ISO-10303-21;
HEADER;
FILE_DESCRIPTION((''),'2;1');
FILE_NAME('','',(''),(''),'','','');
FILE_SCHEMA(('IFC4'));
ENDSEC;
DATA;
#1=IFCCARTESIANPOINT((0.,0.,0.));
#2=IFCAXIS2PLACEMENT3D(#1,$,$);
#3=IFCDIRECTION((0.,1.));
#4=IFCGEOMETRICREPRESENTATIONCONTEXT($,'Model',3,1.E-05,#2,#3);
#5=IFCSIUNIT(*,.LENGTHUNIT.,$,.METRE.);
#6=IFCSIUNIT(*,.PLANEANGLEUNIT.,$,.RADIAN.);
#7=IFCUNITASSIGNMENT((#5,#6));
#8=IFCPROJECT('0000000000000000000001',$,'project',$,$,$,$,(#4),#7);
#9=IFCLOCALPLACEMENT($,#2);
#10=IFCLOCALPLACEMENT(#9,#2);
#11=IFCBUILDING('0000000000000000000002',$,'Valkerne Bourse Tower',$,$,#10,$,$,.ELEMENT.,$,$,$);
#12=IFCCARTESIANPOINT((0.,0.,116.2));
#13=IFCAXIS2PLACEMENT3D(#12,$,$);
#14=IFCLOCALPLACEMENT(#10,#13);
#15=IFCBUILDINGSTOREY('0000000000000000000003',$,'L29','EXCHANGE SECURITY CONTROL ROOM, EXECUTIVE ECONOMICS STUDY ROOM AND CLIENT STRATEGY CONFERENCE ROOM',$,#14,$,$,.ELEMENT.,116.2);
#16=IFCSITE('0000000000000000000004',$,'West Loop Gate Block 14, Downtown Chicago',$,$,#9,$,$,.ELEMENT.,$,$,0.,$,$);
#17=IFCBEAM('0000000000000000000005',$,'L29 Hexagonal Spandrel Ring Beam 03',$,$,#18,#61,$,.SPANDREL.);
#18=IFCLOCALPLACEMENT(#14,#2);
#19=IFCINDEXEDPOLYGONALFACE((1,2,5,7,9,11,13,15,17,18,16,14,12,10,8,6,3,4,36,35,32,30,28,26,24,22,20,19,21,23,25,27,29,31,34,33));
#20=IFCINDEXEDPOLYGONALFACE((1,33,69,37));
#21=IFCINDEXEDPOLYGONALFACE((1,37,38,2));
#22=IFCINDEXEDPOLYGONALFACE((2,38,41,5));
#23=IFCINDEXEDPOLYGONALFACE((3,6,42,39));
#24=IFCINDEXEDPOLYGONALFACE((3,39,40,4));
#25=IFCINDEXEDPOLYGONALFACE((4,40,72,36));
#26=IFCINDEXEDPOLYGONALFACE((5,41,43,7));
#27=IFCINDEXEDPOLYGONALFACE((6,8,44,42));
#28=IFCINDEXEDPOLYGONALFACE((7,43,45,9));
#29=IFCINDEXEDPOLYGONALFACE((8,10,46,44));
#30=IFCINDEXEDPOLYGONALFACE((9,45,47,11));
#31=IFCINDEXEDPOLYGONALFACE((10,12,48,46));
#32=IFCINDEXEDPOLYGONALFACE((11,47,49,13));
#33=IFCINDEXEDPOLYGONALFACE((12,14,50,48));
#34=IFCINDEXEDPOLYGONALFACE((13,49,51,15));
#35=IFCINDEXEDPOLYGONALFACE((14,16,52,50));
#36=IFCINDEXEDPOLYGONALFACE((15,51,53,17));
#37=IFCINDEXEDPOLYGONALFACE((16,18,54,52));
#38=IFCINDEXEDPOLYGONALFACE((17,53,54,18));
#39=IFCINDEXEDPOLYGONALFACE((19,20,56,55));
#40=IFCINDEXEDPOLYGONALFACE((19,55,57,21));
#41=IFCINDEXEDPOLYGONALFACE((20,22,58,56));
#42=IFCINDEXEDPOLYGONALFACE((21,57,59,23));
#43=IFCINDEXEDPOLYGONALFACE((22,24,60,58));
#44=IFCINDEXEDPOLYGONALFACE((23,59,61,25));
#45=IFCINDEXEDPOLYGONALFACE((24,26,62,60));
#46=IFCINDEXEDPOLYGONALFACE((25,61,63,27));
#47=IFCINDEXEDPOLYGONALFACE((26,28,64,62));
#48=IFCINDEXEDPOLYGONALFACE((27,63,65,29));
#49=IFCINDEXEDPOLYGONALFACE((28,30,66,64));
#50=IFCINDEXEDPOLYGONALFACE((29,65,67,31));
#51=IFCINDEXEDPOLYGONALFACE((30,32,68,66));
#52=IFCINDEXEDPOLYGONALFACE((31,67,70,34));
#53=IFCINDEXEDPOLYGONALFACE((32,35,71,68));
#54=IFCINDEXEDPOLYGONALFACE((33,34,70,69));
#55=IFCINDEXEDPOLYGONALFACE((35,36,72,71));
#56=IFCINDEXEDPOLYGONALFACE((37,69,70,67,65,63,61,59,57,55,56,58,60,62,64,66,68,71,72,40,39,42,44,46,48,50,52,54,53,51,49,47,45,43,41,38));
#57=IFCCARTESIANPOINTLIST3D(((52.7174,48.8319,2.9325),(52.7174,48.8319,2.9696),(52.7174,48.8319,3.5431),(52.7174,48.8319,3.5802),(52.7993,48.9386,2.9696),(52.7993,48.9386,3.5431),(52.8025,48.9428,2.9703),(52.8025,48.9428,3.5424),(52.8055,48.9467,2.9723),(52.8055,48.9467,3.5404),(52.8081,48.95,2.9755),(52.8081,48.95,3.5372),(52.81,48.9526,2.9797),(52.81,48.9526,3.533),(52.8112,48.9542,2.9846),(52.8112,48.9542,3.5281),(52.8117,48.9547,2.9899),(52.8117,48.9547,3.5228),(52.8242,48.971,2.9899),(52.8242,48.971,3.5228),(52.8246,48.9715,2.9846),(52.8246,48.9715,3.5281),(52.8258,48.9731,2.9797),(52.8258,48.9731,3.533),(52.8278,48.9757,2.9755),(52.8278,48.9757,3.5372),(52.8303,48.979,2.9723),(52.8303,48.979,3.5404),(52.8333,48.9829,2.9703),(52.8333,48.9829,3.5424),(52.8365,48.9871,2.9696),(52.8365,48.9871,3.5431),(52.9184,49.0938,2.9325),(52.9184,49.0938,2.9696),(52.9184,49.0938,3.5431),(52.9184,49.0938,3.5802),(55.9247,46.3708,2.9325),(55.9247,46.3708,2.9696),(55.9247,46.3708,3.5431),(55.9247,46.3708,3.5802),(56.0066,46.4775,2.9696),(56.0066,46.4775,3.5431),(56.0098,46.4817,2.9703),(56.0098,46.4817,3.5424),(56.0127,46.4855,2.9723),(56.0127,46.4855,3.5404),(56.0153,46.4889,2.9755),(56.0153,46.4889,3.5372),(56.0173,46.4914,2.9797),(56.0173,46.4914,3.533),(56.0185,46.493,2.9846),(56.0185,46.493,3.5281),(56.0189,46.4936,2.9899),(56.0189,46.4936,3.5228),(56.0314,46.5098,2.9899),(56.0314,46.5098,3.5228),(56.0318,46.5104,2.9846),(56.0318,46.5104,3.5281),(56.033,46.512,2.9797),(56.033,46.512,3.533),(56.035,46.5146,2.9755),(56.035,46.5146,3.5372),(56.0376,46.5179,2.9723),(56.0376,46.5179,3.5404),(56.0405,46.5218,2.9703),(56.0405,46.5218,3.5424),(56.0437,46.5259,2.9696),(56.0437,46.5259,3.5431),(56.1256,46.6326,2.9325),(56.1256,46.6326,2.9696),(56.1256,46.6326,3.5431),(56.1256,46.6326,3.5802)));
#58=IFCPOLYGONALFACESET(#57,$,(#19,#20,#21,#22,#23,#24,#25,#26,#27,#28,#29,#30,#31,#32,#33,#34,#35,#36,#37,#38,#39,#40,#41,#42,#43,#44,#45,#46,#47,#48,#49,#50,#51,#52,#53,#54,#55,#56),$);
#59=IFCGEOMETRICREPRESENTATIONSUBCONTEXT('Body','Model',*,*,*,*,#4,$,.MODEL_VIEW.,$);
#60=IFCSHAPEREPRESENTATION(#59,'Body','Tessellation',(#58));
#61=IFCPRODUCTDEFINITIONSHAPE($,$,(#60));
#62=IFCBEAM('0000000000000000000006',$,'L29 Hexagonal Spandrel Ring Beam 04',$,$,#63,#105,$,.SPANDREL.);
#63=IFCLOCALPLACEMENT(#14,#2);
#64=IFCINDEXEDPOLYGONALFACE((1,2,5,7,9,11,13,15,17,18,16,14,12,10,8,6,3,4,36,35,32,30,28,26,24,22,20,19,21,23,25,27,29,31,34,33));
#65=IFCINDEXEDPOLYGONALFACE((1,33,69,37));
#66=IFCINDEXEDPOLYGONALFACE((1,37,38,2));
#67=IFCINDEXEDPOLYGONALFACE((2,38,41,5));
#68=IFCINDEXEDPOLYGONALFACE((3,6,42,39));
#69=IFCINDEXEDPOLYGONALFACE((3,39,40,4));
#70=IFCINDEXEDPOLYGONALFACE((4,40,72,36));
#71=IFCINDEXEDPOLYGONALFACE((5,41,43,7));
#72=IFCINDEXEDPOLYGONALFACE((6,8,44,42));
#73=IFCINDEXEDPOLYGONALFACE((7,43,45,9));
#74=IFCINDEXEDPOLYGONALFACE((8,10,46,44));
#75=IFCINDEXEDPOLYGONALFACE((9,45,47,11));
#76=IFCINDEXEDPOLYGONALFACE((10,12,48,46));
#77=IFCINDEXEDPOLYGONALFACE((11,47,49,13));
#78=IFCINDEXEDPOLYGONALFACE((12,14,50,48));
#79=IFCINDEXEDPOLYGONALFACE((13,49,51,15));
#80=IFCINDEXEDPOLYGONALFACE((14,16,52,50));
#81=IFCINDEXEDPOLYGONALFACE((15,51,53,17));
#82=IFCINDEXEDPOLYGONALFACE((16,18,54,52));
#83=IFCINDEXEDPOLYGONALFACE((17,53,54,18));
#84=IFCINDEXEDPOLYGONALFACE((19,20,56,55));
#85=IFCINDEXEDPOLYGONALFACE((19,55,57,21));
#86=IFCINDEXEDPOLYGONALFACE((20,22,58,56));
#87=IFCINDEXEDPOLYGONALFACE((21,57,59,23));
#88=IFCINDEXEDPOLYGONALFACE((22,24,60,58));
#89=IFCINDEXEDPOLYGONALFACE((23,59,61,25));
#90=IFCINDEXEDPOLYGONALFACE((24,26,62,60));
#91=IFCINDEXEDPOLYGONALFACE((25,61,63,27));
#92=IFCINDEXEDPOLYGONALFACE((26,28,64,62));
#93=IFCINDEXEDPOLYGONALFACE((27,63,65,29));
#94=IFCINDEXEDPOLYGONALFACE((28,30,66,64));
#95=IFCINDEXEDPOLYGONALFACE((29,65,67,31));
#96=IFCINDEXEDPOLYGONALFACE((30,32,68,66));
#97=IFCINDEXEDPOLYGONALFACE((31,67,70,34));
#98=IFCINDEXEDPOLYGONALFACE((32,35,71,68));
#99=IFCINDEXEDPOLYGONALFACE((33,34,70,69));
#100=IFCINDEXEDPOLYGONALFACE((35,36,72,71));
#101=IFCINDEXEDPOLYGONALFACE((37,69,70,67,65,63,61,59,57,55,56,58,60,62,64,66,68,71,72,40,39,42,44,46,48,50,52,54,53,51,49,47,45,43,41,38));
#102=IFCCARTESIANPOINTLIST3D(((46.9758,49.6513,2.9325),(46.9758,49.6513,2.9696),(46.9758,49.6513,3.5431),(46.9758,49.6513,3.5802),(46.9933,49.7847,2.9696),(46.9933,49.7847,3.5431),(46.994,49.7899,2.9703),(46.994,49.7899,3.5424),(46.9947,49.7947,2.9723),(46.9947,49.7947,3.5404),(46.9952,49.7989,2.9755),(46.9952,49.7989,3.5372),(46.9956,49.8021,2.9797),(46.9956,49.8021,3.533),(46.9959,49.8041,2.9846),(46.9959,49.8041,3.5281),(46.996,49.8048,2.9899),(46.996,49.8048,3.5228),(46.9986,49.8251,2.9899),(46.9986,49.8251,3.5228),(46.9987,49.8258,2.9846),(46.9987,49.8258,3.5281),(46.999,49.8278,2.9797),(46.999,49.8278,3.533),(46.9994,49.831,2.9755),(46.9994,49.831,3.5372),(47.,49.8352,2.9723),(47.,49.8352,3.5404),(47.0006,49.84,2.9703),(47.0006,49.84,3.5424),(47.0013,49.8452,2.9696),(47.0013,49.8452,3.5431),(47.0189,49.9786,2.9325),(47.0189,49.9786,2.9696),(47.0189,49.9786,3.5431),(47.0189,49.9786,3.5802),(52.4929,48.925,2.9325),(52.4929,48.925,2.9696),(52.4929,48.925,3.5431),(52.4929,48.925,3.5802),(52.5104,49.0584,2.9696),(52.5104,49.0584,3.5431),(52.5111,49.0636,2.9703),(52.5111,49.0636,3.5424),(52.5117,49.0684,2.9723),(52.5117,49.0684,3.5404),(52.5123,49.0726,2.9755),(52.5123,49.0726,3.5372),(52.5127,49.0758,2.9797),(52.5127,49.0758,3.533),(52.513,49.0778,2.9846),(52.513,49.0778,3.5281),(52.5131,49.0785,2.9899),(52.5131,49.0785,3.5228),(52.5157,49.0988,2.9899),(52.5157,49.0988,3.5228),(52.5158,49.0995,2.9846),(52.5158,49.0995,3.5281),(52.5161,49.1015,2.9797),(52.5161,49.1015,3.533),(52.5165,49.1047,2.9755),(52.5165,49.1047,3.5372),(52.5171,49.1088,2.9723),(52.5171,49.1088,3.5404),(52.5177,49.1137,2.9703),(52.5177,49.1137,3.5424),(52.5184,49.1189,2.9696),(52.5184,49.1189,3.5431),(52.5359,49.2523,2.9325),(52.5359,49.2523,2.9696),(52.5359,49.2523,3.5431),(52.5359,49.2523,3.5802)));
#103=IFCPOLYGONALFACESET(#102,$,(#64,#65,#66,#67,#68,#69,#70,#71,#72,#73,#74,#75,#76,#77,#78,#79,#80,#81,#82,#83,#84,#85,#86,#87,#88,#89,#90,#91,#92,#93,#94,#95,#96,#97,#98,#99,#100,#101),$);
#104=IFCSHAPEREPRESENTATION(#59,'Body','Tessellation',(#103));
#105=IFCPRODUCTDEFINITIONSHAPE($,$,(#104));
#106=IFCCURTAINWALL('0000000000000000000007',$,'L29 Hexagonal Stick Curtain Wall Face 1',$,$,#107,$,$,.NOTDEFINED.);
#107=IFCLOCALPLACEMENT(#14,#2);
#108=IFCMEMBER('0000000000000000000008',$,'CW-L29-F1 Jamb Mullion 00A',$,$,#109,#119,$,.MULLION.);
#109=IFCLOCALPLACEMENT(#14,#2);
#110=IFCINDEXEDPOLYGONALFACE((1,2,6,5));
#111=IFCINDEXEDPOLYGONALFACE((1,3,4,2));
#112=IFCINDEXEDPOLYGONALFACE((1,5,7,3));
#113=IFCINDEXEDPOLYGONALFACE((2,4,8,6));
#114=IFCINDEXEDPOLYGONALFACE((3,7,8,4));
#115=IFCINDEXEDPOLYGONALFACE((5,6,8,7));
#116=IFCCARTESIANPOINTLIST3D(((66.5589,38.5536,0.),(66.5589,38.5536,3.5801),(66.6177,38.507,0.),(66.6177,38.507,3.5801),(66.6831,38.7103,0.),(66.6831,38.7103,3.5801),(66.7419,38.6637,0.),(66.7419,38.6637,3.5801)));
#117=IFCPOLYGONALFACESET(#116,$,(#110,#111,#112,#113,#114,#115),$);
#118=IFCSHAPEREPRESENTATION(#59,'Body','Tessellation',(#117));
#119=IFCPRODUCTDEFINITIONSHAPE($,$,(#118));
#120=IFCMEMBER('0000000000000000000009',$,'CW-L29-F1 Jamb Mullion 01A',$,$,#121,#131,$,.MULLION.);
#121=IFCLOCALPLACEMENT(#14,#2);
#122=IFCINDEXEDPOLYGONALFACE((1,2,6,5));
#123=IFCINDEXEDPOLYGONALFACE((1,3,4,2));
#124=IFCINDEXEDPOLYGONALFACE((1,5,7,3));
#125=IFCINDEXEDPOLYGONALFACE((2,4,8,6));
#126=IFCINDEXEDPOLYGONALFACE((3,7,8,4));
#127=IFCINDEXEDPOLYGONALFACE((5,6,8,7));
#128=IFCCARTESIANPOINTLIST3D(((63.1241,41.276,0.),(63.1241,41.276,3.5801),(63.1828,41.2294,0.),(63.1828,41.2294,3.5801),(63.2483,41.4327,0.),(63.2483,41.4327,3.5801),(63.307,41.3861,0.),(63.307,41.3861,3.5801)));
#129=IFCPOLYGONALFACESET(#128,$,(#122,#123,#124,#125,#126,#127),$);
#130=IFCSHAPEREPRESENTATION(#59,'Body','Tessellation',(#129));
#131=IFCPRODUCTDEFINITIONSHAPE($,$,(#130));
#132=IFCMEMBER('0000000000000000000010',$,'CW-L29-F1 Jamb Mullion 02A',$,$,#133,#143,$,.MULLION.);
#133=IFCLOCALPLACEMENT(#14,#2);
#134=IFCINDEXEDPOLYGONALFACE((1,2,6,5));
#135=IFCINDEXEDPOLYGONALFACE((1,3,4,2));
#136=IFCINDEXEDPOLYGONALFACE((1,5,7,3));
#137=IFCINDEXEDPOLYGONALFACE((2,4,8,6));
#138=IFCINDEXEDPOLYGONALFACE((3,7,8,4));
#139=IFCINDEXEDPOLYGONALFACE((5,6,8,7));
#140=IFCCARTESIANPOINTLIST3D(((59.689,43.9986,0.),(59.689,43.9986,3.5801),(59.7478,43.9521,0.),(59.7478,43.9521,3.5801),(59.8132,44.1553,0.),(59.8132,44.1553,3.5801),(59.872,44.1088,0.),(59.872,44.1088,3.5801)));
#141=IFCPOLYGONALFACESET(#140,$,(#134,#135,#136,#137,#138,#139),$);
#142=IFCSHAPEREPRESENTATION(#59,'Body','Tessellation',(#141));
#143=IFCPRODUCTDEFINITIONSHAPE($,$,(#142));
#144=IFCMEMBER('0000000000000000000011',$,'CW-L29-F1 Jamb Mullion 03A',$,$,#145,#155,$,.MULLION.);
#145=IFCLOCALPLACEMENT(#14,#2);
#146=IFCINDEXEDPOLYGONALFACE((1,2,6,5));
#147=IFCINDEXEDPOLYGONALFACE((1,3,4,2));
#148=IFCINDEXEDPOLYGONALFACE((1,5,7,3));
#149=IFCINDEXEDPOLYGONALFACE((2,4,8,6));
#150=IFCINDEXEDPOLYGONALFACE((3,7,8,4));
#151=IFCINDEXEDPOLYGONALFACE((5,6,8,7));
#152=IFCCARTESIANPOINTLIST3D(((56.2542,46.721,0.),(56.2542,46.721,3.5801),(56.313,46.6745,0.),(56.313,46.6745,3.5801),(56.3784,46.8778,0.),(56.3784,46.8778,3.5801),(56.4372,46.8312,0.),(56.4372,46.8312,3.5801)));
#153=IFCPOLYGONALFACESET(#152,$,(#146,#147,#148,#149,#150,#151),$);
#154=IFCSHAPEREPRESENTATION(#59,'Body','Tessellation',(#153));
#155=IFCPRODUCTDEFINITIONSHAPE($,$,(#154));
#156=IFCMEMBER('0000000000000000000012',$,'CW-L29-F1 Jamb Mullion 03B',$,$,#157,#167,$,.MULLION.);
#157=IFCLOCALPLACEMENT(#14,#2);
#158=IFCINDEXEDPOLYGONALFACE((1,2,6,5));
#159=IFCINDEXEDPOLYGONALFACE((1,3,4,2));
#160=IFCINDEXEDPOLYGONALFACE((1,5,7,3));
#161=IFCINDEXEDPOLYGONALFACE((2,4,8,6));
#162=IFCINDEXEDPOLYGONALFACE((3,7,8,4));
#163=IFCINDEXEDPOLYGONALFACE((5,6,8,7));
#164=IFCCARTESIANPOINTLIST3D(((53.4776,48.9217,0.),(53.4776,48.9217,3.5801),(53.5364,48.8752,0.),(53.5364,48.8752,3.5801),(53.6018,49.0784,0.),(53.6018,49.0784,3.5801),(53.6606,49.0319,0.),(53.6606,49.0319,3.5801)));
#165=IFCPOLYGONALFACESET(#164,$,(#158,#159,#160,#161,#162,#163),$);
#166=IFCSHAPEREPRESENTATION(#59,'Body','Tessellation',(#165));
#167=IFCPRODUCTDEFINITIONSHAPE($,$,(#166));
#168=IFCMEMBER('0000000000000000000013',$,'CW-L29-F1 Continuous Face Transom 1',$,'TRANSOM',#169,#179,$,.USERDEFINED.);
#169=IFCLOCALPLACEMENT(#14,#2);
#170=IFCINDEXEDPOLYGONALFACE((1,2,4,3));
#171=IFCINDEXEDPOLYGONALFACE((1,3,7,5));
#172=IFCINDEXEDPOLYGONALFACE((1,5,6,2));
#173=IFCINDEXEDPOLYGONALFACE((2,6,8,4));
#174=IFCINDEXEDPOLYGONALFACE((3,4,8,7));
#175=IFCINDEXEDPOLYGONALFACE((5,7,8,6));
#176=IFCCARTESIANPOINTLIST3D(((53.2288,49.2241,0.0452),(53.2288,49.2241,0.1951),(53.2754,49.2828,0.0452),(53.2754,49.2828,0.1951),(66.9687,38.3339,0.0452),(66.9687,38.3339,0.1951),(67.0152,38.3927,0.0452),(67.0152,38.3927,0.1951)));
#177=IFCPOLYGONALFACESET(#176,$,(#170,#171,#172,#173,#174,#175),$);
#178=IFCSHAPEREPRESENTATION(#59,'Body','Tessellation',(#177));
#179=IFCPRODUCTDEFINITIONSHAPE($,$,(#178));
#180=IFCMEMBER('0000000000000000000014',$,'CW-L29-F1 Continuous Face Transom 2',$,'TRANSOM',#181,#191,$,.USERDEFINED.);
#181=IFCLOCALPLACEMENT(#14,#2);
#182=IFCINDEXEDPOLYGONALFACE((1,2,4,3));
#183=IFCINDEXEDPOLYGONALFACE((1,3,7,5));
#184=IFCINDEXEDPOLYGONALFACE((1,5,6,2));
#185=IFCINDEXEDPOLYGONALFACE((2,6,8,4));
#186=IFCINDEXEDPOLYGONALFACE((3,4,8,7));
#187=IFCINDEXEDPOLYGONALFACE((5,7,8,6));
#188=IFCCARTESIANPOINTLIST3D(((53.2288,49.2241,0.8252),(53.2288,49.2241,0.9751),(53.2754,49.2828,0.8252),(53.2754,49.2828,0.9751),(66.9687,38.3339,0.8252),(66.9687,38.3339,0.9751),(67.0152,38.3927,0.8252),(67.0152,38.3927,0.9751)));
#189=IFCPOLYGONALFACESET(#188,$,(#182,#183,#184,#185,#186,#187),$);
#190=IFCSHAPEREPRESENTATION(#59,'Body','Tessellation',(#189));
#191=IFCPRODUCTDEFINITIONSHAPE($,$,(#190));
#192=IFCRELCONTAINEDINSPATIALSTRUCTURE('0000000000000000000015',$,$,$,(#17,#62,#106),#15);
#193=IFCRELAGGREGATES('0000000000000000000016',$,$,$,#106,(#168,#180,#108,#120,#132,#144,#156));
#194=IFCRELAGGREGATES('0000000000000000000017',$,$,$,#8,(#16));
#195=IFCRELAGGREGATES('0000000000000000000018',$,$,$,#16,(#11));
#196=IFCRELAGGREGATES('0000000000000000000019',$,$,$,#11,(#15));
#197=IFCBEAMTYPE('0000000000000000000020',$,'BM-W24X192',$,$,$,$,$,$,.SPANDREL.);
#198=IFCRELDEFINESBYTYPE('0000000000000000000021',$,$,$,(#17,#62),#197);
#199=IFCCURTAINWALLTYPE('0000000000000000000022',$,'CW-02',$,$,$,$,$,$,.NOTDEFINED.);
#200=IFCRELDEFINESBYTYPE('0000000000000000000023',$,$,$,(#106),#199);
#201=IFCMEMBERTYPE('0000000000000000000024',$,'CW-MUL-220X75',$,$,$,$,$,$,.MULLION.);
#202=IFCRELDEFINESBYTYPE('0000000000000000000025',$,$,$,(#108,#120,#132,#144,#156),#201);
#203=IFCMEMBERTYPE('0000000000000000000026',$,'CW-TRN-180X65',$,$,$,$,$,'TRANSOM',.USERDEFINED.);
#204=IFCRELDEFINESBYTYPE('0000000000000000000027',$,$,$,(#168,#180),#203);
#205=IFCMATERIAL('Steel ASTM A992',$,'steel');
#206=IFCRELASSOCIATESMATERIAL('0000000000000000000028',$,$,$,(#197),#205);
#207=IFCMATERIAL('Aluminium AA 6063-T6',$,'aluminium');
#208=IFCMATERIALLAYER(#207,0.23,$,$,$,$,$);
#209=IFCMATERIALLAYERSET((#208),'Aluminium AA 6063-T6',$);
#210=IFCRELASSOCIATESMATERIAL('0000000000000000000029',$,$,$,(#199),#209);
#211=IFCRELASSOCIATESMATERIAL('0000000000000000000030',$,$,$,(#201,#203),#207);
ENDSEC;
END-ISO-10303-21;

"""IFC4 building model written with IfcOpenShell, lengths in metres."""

from ifc_helpers import new_model, si_unit, direction, frame, origin, origin_2d, place, context, subcontext, project, spatial, rectangle, i_section, extrude, material, layer, layer_set, material_profile, profile_set, type_object, element, aggregate, save


model = new_model("IFC4")

# Units and contexts
model_context = context("Model", 3, precision=1e-05, world=origin(), true_north=direction((0.0, 1.0)))
body_context = subcontext(model_context, "Body", "Model", "MODEL_VIEW")
ifc_project = project(units=[si_unit("LENGTHUNIT", "METRE"), si_unit("PLANEANGLEUNIT", "RADIAN")], contexts=[model_context])

# Site, building, storey
site_placement = place(None, origin())
site = spatial("IfcSite", under=ifc_project, at=site_placement, Name="West Loop Gate Block 14, Downtown Chicago", CompositionType="ELEMENT", RefElevation=0.0)
building_placement = place(site_placement, origin())
building = spatial("IfcBuilding", under=site, at=building_placement, Name="Valkerne Bourse Tower", CompositionType="ELEMENT")
storey_placement = place(building_placement, frame((0.0, 0.0, 116.2)))
storey = spatial("IfcBuildingStorey", under=building, at=storey_placement, Name="L29", Description="EXCHANGE SECURITY CONTROL ROOM, EXECUTIVE ECONOMICS STUDY ROOM AND CLIENT STRATEGY CONFERENCE ROOM", CompositionType="ELEMENT", Elevation=116.2)

# Beams
ifc_material_1 = material(Name="Steel ASTM A992", Category="steel")
ifc_material_profile_1 = material_profile(ifc_material_1, i_section(OverallWidth=0.3301, OverallDepth=0.6477, WebThickness=0.0205, FlangeThickness=0.0371, FilletRadius=0.0203, at=origin_2d()), Name="W24X192")
ifc_profile_set_1 = profile_set([ifc_material_profile_1], Name="Steel ASTM A992")
beam_type = type_object("IfcBeamType", Name="BM-W24X192", PredefinedType="SPANDREL", material=ifc_profile_set_1)
beam_1_placement = place(storey_placement, frame((56.0251, 46.5017, 3.2563), z_axis=(-0.793335, 0.608785, 0.0), x_axis=(-0.608785, -0.793335, 0.0)))
element("IfcBeam", 1, at=beam_1_placement, inside=storey, type_object=beam_type, Name="L29 Hexagonal Spandrel Ring Beam 03", PredefinedType="SPANDREL", context=body_context, shape_type="SweptSolid", body=[
    extrude(i_section(OverallWidth=0.3301, OverallDepth=0.6477, WebThickness=0.0205, FlangeThickness=0.0371, FilletRadius=0.0203, at=origin_2d()), origin(), (0.0, 0.0, 1.0), 4.0427),
])
beam_2_placement = place(storey_placement, frame((52.5144, 49.0886, 3.2563), z_axis=(-0.991445, 0.130523, 0.0), x_axis=(-0.130523, -0.991445, 0.0)))
element("IfcBeam", 2, at=beam_2_placement, inside=storey, type_object=beam_type, Name="L29 Hexagonal Spandrel Ring Beam 04", PredefinedType="SPANDREL", context=body_context, shape_type="SweptSolid", body=[
    extrude(i_section(OverallWidth=0.3301, OverallDepth=0.6477, WebThickness=0.0205, FlangeThickness=0.0371, FilletRadius=0.0203, at=origin_2d()), origin(), (0.0, 0.0, 1.0), 5.5647),
])

# Curtain wall, members
ifc_material_2 = material(Name="Aluminium AA 6063-T6", Category="aluminium")
ifc_layer_1 = layer(ifc_material_2, 0.23)
ifc_layer_set_1 = layer_set([ifc_layer_1], Name="Aluminium AA 6063-T6")
curtain_wall_type = type_object("IfcCurtainWallType", Name="CW-02", PredefinedType="NOTDEFINED", material=ifc_layer_set_1)
curtain_wall_placement = place(storey_placement, origin())
curtain_wall = element("IfcCurtainWall", 3, at=curtain_wall_placement, inside=storey, type_object=curtain_wall_type, Name="L29 Hexagonal Stick Curtain Wall Face 1", PredefinedType="NOTDEFINED")
ifc_material_profile_2 = material_profile(ifc_material_2, rectangle(XDim=0.075, YDim=0.2, at=origin_2d()), Name="CWM-75X200")
ifc_profile_set_2 = profile_set([ifc_material_profile_2], Name="Aluminium AA 6063-T6")
member_type_1 = type_object("IfcMemberType", Name="CW-MUL-220X75", PredefinedType="MULLION", material=ifc_profile_set_2)
member_1_placement = place(storey_placement, frame((66.6504, 38.6086, 0.0), z_axis=(0.0, 0.0, 1.0), x_axis=(-0.78369, 0.621152, 0.0)))
member_1 = element("IfcMember", 4, at=member_1_placement, type_object=member_type_1, Name="CW-L29-F1 Jamb Mullion 00A", PredefinedType="MULLION", context=body_context, shape_type="SweptSolid", body=[
    extrude(rectangle(XDim=0.075, YDim=0.2, at=origin_2d()), origin(), (0.0, 0.0, 1.0), 3.5801),
])
member_2_placement = place(storey_placement, frame((63.2156, 41.3311, 0.0), z_axis=(0.0, 0.0, 1.0), x_axis=(-0.78369, 0.621152, 0.0)))
member_2 = element("IfcMember", 5, at=member_2_placement, type_object=member_type_1, Name="CW-L29-F1 Jamb Mullion 01A", PredefinedType="MULLION", context=body_context, shape_type="SweptSolid", body=[
    extrude(rectangle(XDim=0.075, YDim=0.2, at=origin_2d()), origin(), (0.0, 0.0, 1.0), 3.5801),
])
member_3_placement = place(storey_placement, frame((59.7805, 44.0537, 0.0), z_axis=(0.0, 0.0, 1.0), x_axis=(-0.78369, 0.621152, 0.0)))
member_3 = element("IfcMember", 6, at=member_3_placement, type_object=member_type_1, Name="CW-L29-F1 Jamb Mullion 02A", PredefinedType="MULLION", context=body_context, shape_type="SweptSolid", body=[
    extrude(rectangle(XDim=0.075, YDim=0.2, at=origin_2d()), origin(), (0.0, 0.0, 1.0), 3.5801),
])
member_4_placement = place(storey_placement, frame((56.3457, 46.7761, 0.0), z_axis=(0.0, 0.0, 1.0), x_axis=(-0.783699, 0.621141, 0.0)))
member_4 = element("IfcMember", 7, at=member_4_placement, type_object=member_type_1, Name="CW-L29-F1 Jamb Mullion 03A", PredefinedType="MULLION", context=body_context, shape_type="SweptSolid", body=[
    extrude(rectangle(XDim=0.075, YDim=0.2, at=origin_2d()), origin(), (0.0, 0.0, 1.0), 3.5801),
])
member_5_placement = place(storey_placement, frame((53.5691, 48.9768, 0.0), z_axis=(0.0, 0.0, 1.0), x_axis=(-0.783699, 0.621141, 0.0)))
member_5 = element("IfcMember", 8, at=member_5_placement, type_object=member_type_1, Name="CW-L29-F1 Jamb Mullion 03B", PredefinedType="MULLION", context=body_context, shape_type="SweptSolid", body=[
    extrude(rectangle(XDim=0.075, YDim=0.2, at=origin_2d()), origin(), (0.0, 0.0, 1.0), 3.5801),
])
ifc_material_profile_3 = material_profile(ifc_material_2, rectangle(XDim=0.075, YDim=0.1499, at=origin_2d()), Name="CWT-75X150")
ifc_profile_set_3 = profile_set([ifc_material_profile_3], Name="Aluminium AA 6063-T6")
member_type_2 = type_object("IfcMemberType", Name="CW-TRN-180X65", ElementType="TRANSOM", PredefinedType="USERDEFINED", material=ifc_profile_set_3)
member_6_placement = place(storey_placement, frame((66.9919, 38.3633, 0.1201), z_axis=(-0.783689, 0.621153, 0.0), x_axis=(-0.621153, -0.783689, 0.0)))
member_6 = element("IfcMember", 9, at=member_6_placement, type_object=member_type_2, Name="CW-L29-F1 Continuous Face Transom 1", ObjectType="TRANSOM", PredefinedType="USERDEFINED", context=body_context, shape_type="SweptSolid", body=[
    extrude(rectangle(XDim=0.075, YDim=0.1499, at=origin_2d()), origin(), (0.0, 0.0, 1.0), 17.5322),
])
member_7_placement = place(storey_placement, frame((66.9919, 38.3633, 0.9001), z_axis=(-0.783689, 0.621153, 0.0), x_axis=(-0.621153, -0.783689, 0.0)))
member_7 = element("IfcMember", 10, at=member_7_placement, type_object=member_type_2, Name="CW-L29-F1 Continuous Face Transom 2", ObjectType="TRANSOM", PredefinedType="USERDEFINED", context=body_context, shape_type="SweptSolid", body=[
    extrude(rectangle(XDim=0.075, YDim=0.1499, at=origin_2d()), origin(), (0.0, 0.0, 1.0), 17.5322),
])

aggregate(curtain_wall, [member_6, member_7, member_1, member_2, member_3, member_4, member_5])

save(model, "model.ifc")
